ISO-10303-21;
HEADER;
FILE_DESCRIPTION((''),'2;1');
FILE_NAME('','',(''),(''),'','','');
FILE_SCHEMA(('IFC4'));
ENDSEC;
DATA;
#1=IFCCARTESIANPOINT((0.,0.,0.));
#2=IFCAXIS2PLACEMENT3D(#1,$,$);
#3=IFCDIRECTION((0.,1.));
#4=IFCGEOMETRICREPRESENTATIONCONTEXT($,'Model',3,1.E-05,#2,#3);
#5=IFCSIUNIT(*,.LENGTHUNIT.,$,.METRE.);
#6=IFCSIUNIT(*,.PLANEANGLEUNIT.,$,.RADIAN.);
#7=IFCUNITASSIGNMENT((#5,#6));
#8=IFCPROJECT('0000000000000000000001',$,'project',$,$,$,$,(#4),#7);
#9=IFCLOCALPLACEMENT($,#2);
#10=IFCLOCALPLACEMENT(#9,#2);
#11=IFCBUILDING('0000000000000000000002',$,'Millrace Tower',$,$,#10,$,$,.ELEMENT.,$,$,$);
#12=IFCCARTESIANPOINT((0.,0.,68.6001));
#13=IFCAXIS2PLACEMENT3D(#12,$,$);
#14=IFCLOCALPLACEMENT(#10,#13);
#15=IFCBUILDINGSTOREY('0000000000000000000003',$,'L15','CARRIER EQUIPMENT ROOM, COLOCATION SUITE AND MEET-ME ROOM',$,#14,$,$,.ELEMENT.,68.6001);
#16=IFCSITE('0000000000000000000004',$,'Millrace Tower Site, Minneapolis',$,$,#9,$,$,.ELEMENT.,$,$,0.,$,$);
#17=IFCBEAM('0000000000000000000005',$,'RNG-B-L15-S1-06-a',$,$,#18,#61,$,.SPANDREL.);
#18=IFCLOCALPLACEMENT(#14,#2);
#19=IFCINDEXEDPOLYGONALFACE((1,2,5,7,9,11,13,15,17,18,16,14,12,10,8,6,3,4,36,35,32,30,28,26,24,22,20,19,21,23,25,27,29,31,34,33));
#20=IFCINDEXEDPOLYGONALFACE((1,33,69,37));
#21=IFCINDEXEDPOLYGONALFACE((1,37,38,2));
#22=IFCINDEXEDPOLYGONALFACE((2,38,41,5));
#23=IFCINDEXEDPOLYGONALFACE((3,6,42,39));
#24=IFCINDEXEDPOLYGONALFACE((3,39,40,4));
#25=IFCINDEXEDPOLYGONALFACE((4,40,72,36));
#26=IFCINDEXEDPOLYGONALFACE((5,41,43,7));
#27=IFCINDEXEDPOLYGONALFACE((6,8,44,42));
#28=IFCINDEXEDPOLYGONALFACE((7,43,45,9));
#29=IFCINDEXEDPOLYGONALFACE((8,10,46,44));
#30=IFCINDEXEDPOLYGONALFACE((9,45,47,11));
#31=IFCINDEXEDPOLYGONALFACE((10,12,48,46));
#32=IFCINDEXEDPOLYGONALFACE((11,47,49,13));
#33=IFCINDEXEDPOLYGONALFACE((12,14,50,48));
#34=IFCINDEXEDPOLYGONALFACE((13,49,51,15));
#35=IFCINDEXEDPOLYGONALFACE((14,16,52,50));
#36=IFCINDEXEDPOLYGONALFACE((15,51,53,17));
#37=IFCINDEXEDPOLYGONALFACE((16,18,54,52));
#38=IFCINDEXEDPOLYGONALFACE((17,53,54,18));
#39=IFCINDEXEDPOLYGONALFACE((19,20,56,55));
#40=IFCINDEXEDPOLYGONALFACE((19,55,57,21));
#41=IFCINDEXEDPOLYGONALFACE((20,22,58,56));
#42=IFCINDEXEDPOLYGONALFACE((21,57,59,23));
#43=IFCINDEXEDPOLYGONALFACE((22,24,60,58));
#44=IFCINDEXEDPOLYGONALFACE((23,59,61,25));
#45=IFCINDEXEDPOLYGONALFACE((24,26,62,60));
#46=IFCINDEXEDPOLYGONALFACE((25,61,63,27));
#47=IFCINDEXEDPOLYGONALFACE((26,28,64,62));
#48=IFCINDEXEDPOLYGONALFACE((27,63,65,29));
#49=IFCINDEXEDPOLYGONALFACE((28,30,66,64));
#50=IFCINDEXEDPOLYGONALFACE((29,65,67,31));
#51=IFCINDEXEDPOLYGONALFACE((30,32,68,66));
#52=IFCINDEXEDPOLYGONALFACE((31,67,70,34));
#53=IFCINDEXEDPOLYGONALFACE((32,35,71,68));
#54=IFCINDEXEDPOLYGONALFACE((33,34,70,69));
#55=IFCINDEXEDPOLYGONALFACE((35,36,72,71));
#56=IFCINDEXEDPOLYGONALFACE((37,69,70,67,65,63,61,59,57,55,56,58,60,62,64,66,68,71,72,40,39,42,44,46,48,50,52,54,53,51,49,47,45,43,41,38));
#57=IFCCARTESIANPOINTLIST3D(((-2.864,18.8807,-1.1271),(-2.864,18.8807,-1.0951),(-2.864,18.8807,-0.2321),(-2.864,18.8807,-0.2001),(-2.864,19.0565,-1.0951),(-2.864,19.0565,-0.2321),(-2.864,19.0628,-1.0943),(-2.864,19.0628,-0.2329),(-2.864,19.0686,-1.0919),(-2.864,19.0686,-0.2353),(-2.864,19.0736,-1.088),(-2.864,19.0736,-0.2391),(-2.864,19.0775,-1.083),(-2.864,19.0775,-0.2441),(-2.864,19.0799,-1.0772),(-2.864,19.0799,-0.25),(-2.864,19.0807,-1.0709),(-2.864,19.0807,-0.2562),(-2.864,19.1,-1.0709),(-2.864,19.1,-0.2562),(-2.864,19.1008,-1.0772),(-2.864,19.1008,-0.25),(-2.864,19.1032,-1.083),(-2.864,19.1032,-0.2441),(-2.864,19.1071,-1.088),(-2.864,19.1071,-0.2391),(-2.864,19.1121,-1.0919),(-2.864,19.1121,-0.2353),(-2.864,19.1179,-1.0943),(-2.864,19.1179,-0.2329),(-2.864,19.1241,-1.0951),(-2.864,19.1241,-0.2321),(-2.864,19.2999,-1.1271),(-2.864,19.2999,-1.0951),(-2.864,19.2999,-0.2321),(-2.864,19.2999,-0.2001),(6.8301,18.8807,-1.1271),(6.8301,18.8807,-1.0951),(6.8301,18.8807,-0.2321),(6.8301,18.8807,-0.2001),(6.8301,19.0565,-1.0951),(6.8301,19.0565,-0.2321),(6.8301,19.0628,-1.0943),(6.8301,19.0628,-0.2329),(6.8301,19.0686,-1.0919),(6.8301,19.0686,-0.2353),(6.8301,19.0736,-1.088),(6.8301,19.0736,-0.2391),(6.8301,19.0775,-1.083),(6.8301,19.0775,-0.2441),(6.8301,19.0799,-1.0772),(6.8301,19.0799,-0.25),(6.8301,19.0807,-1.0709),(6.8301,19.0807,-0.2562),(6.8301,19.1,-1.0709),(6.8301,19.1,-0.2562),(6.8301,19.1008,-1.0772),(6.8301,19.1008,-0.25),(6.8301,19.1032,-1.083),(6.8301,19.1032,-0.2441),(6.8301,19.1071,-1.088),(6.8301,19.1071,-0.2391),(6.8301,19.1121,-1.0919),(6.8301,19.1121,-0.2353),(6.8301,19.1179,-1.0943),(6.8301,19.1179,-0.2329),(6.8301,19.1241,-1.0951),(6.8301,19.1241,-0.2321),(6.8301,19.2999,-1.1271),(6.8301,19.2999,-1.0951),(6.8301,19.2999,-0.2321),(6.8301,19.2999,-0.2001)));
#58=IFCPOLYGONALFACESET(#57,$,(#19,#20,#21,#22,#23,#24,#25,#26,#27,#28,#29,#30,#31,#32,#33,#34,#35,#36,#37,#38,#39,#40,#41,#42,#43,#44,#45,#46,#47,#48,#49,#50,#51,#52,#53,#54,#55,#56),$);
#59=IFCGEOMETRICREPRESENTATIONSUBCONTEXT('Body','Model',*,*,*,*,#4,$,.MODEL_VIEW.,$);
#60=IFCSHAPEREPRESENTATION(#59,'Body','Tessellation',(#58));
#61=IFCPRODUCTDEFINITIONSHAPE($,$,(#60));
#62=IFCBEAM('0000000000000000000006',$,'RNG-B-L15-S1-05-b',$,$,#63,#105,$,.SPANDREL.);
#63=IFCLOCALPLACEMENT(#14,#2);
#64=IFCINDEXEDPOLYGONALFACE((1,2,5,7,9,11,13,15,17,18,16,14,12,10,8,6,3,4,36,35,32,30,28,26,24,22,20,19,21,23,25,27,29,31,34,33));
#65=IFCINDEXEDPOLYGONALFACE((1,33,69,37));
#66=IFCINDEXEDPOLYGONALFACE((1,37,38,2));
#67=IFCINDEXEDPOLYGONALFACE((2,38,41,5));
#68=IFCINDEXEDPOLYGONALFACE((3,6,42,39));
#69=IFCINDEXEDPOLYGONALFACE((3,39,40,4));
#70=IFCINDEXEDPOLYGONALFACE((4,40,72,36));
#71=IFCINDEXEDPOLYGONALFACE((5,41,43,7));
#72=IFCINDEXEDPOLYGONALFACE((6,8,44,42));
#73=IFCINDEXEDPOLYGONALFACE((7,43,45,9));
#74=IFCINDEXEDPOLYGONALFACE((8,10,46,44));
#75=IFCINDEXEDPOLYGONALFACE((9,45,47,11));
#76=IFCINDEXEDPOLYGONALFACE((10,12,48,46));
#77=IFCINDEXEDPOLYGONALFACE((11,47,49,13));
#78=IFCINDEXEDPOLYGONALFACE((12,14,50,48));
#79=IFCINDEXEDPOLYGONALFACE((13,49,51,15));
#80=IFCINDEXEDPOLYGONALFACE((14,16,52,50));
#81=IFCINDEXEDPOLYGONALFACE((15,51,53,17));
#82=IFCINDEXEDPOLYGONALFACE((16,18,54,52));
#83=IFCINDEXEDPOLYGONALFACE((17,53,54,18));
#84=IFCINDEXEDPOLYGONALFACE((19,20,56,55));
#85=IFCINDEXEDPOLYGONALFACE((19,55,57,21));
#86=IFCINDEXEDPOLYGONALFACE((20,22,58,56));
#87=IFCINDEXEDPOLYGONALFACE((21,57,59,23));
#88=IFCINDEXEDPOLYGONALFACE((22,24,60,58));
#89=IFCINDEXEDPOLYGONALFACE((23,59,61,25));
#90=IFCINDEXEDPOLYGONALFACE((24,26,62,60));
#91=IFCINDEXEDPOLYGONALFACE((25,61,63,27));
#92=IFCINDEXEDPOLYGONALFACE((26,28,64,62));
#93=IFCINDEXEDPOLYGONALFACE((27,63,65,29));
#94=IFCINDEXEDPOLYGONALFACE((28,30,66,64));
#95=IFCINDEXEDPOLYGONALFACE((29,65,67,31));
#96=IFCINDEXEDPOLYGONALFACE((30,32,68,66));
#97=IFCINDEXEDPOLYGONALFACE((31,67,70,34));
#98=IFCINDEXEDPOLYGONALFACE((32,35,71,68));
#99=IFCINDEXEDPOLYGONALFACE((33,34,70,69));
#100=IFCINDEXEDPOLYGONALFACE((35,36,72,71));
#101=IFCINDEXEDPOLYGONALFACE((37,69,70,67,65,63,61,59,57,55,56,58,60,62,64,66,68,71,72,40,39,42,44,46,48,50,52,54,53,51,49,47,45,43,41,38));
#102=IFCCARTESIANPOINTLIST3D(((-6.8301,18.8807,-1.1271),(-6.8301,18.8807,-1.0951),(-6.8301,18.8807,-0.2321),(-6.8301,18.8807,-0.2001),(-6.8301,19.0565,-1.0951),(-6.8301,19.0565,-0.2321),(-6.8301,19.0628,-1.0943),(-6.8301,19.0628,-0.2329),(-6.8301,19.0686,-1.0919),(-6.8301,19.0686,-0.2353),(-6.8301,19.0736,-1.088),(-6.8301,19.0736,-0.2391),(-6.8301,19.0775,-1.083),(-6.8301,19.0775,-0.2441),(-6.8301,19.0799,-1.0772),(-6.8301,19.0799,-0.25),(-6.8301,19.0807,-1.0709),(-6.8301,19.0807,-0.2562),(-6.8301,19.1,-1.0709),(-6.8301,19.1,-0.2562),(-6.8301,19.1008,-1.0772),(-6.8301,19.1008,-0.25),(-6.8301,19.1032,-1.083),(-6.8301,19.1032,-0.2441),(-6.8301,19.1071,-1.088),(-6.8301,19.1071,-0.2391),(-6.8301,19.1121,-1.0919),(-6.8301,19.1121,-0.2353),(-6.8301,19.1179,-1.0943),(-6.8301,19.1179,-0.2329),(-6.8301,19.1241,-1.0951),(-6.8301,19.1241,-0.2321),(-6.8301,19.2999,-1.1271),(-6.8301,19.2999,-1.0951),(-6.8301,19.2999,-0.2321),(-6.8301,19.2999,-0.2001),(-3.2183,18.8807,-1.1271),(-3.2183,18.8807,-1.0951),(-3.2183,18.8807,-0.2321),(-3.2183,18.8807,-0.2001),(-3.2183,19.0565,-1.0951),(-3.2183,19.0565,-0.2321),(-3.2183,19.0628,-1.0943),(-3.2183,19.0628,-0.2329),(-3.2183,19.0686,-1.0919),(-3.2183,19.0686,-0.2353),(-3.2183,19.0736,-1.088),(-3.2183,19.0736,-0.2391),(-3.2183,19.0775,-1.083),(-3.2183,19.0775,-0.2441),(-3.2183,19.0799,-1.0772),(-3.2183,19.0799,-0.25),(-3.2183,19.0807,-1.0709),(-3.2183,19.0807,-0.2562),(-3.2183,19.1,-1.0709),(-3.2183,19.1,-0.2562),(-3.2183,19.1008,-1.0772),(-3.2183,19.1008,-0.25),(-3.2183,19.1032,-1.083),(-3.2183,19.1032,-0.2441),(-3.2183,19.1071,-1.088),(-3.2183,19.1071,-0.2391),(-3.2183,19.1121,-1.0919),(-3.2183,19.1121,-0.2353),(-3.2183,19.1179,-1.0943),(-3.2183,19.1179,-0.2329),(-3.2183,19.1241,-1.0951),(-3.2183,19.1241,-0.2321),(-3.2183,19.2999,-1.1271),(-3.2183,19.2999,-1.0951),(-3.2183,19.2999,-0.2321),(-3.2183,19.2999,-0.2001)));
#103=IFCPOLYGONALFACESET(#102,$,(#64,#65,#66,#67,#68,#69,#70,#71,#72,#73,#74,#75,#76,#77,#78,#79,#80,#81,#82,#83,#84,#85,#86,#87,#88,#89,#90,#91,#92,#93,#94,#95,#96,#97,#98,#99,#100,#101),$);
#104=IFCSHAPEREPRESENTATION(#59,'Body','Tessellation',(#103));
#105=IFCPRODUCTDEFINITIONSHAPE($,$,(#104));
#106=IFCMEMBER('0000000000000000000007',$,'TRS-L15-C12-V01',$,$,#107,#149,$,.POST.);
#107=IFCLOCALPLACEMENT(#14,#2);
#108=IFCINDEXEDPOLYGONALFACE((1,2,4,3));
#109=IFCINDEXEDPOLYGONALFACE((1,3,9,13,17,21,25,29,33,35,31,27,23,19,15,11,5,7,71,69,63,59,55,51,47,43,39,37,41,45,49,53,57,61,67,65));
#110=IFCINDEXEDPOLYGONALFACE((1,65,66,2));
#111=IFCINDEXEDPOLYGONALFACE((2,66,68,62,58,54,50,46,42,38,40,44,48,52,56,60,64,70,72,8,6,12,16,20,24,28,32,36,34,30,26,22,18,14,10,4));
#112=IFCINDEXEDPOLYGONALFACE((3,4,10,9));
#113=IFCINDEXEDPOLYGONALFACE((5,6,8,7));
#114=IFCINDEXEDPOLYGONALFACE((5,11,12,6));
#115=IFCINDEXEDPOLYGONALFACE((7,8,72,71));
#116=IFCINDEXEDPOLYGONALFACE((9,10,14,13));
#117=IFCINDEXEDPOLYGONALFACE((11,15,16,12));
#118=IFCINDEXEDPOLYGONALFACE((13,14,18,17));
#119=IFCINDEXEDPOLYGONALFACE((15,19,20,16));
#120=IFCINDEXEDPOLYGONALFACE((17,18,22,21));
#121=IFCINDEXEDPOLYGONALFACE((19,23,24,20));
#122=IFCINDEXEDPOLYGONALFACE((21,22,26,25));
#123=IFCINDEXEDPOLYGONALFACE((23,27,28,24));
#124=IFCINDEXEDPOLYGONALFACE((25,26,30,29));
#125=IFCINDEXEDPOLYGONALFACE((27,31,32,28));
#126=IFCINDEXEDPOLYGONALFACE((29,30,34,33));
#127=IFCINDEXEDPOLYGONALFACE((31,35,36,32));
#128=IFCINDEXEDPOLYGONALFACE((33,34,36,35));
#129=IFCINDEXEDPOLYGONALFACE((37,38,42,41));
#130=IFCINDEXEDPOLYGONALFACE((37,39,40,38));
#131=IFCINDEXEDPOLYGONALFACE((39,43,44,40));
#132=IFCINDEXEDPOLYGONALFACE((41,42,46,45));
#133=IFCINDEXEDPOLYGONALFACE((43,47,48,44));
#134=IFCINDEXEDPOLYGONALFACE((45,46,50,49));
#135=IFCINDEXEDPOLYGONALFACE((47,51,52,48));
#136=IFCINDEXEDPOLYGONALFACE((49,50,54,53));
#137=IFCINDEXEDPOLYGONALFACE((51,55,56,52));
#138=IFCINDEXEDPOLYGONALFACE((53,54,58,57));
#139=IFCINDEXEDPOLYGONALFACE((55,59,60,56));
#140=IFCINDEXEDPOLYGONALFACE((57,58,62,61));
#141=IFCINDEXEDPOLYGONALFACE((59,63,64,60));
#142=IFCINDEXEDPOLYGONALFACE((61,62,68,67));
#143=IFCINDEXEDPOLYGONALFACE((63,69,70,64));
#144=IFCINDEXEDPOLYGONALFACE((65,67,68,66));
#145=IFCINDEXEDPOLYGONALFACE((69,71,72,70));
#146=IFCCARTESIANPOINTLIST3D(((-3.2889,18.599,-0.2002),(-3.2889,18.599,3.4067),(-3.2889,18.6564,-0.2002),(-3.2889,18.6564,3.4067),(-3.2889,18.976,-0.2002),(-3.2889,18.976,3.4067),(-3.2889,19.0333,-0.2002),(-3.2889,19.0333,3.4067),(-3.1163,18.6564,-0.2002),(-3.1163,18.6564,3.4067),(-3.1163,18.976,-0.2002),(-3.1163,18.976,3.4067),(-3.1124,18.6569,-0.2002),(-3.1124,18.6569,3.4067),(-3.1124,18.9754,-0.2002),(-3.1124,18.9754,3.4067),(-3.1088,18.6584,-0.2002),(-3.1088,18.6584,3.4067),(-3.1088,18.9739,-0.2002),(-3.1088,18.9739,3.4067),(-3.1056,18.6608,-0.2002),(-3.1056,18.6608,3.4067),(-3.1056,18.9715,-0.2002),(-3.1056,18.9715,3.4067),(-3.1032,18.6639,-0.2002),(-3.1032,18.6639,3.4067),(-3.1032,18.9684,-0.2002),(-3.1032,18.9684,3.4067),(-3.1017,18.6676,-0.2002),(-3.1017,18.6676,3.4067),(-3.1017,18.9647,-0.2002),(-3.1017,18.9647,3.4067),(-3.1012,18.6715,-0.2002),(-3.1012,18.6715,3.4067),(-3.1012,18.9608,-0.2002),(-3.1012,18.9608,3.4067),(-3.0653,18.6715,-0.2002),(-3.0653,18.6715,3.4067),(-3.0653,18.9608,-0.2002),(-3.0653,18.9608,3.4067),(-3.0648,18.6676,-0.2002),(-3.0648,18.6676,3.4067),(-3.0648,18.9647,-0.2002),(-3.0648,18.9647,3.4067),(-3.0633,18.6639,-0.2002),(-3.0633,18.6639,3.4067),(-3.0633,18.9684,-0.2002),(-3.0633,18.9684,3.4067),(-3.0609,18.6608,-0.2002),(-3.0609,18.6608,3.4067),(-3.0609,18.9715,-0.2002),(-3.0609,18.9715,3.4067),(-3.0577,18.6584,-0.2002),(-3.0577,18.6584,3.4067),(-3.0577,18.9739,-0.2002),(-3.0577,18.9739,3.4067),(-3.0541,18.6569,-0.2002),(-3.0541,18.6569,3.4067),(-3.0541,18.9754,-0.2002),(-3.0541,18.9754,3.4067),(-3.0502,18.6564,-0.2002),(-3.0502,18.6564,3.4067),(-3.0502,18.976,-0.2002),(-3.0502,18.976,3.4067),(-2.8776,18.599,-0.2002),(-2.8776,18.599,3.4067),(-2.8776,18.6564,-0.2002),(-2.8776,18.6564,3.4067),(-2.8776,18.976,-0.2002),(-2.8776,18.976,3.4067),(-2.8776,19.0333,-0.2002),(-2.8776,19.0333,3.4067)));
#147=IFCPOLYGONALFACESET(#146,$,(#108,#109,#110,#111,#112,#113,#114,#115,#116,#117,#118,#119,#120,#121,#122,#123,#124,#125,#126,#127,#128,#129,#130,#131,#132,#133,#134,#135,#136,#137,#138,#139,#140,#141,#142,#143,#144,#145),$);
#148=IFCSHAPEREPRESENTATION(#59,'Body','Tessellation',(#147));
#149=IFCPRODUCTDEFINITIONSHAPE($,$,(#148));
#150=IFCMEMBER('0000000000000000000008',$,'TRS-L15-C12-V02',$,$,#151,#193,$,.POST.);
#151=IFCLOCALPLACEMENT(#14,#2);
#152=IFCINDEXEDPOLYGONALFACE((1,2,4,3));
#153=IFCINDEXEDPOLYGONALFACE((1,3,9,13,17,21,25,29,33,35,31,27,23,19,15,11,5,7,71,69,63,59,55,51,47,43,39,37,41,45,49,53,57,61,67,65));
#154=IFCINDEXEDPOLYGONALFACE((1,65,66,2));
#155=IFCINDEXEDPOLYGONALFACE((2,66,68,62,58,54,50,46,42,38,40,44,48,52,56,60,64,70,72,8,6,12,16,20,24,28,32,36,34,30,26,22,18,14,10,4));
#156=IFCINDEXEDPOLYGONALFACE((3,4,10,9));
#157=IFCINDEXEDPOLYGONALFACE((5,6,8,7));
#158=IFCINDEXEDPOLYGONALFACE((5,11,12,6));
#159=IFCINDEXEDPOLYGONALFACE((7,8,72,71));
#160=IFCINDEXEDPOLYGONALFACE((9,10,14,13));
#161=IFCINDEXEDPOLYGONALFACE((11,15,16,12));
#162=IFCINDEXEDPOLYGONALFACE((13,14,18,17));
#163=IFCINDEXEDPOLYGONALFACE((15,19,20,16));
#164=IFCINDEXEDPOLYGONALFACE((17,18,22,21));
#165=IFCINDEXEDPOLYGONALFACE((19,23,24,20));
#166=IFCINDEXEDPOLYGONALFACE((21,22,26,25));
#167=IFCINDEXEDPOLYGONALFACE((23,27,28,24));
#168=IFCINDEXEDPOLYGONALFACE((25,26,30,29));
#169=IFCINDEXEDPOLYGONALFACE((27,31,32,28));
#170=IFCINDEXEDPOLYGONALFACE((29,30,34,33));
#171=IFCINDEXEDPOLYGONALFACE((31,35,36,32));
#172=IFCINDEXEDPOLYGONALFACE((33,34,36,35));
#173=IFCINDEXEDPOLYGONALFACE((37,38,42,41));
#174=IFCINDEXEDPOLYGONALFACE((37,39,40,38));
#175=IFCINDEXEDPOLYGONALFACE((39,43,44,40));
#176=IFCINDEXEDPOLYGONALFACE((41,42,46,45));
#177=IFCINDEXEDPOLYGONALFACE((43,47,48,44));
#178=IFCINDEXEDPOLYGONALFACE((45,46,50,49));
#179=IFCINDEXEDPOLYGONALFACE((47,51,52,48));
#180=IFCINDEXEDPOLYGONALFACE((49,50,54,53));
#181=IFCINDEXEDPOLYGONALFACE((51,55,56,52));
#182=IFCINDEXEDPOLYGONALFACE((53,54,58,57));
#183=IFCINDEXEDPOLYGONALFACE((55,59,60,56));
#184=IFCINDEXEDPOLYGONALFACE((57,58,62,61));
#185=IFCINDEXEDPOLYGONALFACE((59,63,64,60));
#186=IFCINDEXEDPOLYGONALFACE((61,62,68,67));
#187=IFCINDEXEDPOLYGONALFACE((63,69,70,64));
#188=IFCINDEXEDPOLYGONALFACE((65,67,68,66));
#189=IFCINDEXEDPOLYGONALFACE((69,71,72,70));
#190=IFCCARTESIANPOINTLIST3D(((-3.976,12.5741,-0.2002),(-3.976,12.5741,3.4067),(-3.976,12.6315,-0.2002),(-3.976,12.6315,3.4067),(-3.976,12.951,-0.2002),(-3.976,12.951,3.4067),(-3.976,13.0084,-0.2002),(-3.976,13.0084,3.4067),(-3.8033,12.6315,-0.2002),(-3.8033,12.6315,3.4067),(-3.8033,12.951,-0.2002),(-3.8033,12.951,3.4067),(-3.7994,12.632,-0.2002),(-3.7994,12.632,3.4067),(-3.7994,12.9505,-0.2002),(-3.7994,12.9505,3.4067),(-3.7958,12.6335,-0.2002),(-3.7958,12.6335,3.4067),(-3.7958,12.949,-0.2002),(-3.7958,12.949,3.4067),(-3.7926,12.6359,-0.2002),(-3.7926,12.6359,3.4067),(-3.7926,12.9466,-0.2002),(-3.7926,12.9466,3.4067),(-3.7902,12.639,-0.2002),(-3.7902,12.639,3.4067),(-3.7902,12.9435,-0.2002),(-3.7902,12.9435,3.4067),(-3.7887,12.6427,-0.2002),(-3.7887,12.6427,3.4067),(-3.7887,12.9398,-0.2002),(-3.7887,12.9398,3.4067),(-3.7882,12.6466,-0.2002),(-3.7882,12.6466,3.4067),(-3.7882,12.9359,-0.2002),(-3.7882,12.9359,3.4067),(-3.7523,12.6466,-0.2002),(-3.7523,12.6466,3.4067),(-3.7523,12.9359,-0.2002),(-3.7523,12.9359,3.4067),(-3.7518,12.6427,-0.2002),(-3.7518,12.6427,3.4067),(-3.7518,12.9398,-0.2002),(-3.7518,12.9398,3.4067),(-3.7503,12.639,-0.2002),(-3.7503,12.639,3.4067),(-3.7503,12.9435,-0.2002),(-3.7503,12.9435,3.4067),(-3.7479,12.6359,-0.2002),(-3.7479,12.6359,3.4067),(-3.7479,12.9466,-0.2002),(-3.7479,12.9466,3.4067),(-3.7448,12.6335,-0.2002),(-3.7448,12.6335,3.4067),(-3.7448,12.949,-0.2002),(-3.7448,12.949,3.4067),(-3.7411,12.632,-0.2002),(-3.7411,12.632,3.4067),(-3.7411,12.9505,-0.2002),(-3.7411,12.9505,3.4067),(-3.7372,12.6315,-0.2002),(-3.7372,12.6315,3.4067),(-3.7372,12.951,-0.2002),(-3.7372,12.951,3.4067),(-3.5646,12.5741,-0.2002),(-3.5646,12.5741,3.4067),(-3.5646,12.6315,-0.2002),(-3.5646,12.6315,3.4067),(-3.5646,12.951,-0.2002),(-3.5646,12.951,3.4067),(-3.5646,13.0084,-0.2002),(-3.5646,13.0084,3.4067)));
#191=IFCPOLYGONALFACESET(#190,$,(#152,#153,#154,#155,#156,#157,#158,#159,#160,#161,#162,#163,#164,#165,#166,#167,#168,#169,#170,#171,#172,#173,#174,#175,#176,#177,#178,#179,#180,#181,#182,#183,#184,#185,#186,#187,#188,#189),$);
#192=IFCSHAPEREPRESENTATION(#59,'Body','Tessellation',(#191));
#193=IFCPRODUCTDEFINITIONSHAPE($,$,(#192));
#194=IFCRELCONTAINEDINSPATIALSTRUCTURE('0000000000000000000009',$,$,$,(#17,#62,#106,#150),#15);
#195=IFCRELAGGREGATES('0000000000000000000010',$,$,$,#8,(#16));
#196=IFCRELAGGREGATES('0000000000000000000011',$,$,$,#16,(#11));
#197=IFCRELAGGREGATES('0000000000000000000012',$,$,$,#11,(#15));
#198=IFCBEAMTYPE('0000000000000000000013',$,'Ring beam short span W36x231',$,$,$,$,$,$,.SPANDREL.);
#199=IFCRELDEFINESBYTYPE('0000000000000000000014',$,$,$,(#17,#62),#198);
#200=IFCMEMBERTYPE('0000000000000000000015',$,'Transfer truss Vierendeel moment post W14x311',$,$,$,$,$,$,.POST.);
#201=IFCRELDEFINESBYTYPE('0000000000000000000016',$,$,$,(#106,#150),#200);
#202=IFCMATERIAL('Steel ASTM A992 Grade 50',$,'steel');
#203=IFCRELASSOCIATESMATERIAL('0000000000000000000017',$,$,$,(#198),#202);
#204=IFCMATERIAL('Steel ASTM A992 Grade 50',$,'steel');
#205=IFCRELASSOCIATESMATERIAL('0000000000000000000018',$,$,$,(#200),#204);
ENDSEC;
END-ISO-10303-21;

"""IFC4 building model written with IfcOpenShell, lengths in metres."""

from ifc_helpers import new_model, si_unit, direction, frame, origin, origin_2d, place, context, subcontext, project, spatial, i_section, extrude, material, material_profile, profile_set, type_object, element, save


model = new_model("IFC4")

# Units and contexts
model_context = context("Model", 3, precision=1e-05, world=origin(), true_north=direction((0.0, 1.0)))
body_context = subcontext(model_context, "Body", "Model", "MODEL_VIEW")
ifc_project = project(units=[si_unit("LENGTHUNIT", "METRE"), si_unit("PLANEANGLEUNIT", "RADIAN")], contexts=[model_context])

# Site, building, storey
site_placement = place(None, origin())
site = spatial("IfcSite", under=ifc_project, at=site_placement, Name="Millrace Tower Site, Minneapolis", CompositionType="ELEMENT", RefElevation=0.0)
building_placement = place(site_placement, origin())
building = spatial("IfcBuilding", under=site, at=building_placement, Name="Millrace Tower", CompositionType="ELEMENT")
storey_placement = place(building_placement, frame((0.0, 0.0, 68.6001)))
storey = spatial("IfcBuildingStorey", under=building, at=storey_placement, Name="L15", Description="CARRIER EQUIPMENT ROOM, COLOCATION SUITE AND MEET-ME ROOM", CompositionType="ELEMENT", Elevation=68.6001)

# Beams
ifc_material_1 = material(Name="Steel ASTM A992 Grade 50", Category="steel")
ifc_material_profile_1 = material_profile(ifc_material_1, i_section(OverallWidth=0.4192, OverallDepth=0.927, WebThickness=0.0193, FlangeThickness=0.032, FilletRadius=0.0242, at=origin_2d()))
ifc_profile_set_1 = profile_set([ifc_material_profile_1], Name="Steel ASTM A992 Grade 50")
beam_type_1 = type_object("IfcBeamType", Name="Ring beam short span W36x231", PredefinedType="SPANDREL", material=ifc_profile_set_1)
beam_1_placement = place(storey_placement, frame((-2.864, 19.0903, -0.6636), z_axis=(1.0, 0.0, 0.0), x_axis=(0.0, 1.0, 0.0)))
element("IfcBeam", 1, at=beam_1_placement, inside=storey, type_object=beam_type_1, Name="RNG-B-L15-S1-06-a", PredefinedType="SPANDREL", context=body_context, shape_type="SweptSolid", body=[
    extrude(i_section(OverallWidth=0.4192, OverallDepth=0.927, WebThickness=0.0193, FlangeThickness=0.032, FilletRadius=0.0242, at=origin_2d()), origin(), (0.0, 0.0, 1.0), 9.6941),
])
beam_2_placement = place(storey_placement, frame((-6.8301, 19.0903, -0.6636), z_axis=(1.0, 0.0, 0.0), x_axis=(0.0, 1.0, 0.0)))
element("IfcBeam", 2, at=beam_2_placement, inside=storey, type_object=beam_type_1, Name="RNG-B-L15-S1-05-b", PredefinedType="SPANDREL", context=body_context, shape_type="SweptSolid", body=[
    extrude(i_section(OverallWidth=0.4192, OverallDepth=0.927, WebThickness=0.0193, FlangeThickness=0.032, FilletRadius=0.0242, at=origin_2d()), origin(), (0.0, 0.0, 1.0), 3.6118),
])

# Members
ifc_material_2 = material(Name="Steel ASTM A992 Grade 50", Category="steel")
ifc_material_profile_2 = material_profile(ifc_material_2, i_section(OverallWidth=0.4114, OverallDepth=0.4343, WebThickness=0.0359, FlangeThickness=0.0574, FilletRadius=0.0151, at=origin_2d()))
ifc_profile_set_2 = profile_set([ifc_material_profile_2], Name="Steel ASTM A992 Grade 50")
member_type_1 = type_object("IfcMemberType", Name="Transfer truss Vierendeel moment post W14x311", PredefinedType="POST", material=ifc_profile_set_2)
for number, where, z_axis, x_axis, name in (
    (3, (-3.0833, 18.8162, -0.2002), (0.0, 0.0, 1.0), (1.0, 0.0, 0.0), "TRS-L15-C12-V01"),
    (4, (-3.7703, 12.7913, -0.2002), (0.0, 0.0, 1.0), (1.0, 0.0, 0.0), "TRS-L15-C12-V02"),
):
    element("IfcMember", number, at=place(storey_placement, frame(where, z_axis=z_axis, x_axis=x_axis)), inside=storey, type_object=member_type_1, Name=name, PredefinedType="POST", context=body_context, shape_type="SweptSolid", body=[
        extrude(i_section(OverallWidth=0.4114, OverallDepth=0.4343, WebThickness=0.0359, FlangeThickness=0.0574, FilletRadius=0.0151, at=origin_2d()), origin(), (0.0, 0.0, 1.0), 3.6069),
    ])

save(model, "model.ifc")
